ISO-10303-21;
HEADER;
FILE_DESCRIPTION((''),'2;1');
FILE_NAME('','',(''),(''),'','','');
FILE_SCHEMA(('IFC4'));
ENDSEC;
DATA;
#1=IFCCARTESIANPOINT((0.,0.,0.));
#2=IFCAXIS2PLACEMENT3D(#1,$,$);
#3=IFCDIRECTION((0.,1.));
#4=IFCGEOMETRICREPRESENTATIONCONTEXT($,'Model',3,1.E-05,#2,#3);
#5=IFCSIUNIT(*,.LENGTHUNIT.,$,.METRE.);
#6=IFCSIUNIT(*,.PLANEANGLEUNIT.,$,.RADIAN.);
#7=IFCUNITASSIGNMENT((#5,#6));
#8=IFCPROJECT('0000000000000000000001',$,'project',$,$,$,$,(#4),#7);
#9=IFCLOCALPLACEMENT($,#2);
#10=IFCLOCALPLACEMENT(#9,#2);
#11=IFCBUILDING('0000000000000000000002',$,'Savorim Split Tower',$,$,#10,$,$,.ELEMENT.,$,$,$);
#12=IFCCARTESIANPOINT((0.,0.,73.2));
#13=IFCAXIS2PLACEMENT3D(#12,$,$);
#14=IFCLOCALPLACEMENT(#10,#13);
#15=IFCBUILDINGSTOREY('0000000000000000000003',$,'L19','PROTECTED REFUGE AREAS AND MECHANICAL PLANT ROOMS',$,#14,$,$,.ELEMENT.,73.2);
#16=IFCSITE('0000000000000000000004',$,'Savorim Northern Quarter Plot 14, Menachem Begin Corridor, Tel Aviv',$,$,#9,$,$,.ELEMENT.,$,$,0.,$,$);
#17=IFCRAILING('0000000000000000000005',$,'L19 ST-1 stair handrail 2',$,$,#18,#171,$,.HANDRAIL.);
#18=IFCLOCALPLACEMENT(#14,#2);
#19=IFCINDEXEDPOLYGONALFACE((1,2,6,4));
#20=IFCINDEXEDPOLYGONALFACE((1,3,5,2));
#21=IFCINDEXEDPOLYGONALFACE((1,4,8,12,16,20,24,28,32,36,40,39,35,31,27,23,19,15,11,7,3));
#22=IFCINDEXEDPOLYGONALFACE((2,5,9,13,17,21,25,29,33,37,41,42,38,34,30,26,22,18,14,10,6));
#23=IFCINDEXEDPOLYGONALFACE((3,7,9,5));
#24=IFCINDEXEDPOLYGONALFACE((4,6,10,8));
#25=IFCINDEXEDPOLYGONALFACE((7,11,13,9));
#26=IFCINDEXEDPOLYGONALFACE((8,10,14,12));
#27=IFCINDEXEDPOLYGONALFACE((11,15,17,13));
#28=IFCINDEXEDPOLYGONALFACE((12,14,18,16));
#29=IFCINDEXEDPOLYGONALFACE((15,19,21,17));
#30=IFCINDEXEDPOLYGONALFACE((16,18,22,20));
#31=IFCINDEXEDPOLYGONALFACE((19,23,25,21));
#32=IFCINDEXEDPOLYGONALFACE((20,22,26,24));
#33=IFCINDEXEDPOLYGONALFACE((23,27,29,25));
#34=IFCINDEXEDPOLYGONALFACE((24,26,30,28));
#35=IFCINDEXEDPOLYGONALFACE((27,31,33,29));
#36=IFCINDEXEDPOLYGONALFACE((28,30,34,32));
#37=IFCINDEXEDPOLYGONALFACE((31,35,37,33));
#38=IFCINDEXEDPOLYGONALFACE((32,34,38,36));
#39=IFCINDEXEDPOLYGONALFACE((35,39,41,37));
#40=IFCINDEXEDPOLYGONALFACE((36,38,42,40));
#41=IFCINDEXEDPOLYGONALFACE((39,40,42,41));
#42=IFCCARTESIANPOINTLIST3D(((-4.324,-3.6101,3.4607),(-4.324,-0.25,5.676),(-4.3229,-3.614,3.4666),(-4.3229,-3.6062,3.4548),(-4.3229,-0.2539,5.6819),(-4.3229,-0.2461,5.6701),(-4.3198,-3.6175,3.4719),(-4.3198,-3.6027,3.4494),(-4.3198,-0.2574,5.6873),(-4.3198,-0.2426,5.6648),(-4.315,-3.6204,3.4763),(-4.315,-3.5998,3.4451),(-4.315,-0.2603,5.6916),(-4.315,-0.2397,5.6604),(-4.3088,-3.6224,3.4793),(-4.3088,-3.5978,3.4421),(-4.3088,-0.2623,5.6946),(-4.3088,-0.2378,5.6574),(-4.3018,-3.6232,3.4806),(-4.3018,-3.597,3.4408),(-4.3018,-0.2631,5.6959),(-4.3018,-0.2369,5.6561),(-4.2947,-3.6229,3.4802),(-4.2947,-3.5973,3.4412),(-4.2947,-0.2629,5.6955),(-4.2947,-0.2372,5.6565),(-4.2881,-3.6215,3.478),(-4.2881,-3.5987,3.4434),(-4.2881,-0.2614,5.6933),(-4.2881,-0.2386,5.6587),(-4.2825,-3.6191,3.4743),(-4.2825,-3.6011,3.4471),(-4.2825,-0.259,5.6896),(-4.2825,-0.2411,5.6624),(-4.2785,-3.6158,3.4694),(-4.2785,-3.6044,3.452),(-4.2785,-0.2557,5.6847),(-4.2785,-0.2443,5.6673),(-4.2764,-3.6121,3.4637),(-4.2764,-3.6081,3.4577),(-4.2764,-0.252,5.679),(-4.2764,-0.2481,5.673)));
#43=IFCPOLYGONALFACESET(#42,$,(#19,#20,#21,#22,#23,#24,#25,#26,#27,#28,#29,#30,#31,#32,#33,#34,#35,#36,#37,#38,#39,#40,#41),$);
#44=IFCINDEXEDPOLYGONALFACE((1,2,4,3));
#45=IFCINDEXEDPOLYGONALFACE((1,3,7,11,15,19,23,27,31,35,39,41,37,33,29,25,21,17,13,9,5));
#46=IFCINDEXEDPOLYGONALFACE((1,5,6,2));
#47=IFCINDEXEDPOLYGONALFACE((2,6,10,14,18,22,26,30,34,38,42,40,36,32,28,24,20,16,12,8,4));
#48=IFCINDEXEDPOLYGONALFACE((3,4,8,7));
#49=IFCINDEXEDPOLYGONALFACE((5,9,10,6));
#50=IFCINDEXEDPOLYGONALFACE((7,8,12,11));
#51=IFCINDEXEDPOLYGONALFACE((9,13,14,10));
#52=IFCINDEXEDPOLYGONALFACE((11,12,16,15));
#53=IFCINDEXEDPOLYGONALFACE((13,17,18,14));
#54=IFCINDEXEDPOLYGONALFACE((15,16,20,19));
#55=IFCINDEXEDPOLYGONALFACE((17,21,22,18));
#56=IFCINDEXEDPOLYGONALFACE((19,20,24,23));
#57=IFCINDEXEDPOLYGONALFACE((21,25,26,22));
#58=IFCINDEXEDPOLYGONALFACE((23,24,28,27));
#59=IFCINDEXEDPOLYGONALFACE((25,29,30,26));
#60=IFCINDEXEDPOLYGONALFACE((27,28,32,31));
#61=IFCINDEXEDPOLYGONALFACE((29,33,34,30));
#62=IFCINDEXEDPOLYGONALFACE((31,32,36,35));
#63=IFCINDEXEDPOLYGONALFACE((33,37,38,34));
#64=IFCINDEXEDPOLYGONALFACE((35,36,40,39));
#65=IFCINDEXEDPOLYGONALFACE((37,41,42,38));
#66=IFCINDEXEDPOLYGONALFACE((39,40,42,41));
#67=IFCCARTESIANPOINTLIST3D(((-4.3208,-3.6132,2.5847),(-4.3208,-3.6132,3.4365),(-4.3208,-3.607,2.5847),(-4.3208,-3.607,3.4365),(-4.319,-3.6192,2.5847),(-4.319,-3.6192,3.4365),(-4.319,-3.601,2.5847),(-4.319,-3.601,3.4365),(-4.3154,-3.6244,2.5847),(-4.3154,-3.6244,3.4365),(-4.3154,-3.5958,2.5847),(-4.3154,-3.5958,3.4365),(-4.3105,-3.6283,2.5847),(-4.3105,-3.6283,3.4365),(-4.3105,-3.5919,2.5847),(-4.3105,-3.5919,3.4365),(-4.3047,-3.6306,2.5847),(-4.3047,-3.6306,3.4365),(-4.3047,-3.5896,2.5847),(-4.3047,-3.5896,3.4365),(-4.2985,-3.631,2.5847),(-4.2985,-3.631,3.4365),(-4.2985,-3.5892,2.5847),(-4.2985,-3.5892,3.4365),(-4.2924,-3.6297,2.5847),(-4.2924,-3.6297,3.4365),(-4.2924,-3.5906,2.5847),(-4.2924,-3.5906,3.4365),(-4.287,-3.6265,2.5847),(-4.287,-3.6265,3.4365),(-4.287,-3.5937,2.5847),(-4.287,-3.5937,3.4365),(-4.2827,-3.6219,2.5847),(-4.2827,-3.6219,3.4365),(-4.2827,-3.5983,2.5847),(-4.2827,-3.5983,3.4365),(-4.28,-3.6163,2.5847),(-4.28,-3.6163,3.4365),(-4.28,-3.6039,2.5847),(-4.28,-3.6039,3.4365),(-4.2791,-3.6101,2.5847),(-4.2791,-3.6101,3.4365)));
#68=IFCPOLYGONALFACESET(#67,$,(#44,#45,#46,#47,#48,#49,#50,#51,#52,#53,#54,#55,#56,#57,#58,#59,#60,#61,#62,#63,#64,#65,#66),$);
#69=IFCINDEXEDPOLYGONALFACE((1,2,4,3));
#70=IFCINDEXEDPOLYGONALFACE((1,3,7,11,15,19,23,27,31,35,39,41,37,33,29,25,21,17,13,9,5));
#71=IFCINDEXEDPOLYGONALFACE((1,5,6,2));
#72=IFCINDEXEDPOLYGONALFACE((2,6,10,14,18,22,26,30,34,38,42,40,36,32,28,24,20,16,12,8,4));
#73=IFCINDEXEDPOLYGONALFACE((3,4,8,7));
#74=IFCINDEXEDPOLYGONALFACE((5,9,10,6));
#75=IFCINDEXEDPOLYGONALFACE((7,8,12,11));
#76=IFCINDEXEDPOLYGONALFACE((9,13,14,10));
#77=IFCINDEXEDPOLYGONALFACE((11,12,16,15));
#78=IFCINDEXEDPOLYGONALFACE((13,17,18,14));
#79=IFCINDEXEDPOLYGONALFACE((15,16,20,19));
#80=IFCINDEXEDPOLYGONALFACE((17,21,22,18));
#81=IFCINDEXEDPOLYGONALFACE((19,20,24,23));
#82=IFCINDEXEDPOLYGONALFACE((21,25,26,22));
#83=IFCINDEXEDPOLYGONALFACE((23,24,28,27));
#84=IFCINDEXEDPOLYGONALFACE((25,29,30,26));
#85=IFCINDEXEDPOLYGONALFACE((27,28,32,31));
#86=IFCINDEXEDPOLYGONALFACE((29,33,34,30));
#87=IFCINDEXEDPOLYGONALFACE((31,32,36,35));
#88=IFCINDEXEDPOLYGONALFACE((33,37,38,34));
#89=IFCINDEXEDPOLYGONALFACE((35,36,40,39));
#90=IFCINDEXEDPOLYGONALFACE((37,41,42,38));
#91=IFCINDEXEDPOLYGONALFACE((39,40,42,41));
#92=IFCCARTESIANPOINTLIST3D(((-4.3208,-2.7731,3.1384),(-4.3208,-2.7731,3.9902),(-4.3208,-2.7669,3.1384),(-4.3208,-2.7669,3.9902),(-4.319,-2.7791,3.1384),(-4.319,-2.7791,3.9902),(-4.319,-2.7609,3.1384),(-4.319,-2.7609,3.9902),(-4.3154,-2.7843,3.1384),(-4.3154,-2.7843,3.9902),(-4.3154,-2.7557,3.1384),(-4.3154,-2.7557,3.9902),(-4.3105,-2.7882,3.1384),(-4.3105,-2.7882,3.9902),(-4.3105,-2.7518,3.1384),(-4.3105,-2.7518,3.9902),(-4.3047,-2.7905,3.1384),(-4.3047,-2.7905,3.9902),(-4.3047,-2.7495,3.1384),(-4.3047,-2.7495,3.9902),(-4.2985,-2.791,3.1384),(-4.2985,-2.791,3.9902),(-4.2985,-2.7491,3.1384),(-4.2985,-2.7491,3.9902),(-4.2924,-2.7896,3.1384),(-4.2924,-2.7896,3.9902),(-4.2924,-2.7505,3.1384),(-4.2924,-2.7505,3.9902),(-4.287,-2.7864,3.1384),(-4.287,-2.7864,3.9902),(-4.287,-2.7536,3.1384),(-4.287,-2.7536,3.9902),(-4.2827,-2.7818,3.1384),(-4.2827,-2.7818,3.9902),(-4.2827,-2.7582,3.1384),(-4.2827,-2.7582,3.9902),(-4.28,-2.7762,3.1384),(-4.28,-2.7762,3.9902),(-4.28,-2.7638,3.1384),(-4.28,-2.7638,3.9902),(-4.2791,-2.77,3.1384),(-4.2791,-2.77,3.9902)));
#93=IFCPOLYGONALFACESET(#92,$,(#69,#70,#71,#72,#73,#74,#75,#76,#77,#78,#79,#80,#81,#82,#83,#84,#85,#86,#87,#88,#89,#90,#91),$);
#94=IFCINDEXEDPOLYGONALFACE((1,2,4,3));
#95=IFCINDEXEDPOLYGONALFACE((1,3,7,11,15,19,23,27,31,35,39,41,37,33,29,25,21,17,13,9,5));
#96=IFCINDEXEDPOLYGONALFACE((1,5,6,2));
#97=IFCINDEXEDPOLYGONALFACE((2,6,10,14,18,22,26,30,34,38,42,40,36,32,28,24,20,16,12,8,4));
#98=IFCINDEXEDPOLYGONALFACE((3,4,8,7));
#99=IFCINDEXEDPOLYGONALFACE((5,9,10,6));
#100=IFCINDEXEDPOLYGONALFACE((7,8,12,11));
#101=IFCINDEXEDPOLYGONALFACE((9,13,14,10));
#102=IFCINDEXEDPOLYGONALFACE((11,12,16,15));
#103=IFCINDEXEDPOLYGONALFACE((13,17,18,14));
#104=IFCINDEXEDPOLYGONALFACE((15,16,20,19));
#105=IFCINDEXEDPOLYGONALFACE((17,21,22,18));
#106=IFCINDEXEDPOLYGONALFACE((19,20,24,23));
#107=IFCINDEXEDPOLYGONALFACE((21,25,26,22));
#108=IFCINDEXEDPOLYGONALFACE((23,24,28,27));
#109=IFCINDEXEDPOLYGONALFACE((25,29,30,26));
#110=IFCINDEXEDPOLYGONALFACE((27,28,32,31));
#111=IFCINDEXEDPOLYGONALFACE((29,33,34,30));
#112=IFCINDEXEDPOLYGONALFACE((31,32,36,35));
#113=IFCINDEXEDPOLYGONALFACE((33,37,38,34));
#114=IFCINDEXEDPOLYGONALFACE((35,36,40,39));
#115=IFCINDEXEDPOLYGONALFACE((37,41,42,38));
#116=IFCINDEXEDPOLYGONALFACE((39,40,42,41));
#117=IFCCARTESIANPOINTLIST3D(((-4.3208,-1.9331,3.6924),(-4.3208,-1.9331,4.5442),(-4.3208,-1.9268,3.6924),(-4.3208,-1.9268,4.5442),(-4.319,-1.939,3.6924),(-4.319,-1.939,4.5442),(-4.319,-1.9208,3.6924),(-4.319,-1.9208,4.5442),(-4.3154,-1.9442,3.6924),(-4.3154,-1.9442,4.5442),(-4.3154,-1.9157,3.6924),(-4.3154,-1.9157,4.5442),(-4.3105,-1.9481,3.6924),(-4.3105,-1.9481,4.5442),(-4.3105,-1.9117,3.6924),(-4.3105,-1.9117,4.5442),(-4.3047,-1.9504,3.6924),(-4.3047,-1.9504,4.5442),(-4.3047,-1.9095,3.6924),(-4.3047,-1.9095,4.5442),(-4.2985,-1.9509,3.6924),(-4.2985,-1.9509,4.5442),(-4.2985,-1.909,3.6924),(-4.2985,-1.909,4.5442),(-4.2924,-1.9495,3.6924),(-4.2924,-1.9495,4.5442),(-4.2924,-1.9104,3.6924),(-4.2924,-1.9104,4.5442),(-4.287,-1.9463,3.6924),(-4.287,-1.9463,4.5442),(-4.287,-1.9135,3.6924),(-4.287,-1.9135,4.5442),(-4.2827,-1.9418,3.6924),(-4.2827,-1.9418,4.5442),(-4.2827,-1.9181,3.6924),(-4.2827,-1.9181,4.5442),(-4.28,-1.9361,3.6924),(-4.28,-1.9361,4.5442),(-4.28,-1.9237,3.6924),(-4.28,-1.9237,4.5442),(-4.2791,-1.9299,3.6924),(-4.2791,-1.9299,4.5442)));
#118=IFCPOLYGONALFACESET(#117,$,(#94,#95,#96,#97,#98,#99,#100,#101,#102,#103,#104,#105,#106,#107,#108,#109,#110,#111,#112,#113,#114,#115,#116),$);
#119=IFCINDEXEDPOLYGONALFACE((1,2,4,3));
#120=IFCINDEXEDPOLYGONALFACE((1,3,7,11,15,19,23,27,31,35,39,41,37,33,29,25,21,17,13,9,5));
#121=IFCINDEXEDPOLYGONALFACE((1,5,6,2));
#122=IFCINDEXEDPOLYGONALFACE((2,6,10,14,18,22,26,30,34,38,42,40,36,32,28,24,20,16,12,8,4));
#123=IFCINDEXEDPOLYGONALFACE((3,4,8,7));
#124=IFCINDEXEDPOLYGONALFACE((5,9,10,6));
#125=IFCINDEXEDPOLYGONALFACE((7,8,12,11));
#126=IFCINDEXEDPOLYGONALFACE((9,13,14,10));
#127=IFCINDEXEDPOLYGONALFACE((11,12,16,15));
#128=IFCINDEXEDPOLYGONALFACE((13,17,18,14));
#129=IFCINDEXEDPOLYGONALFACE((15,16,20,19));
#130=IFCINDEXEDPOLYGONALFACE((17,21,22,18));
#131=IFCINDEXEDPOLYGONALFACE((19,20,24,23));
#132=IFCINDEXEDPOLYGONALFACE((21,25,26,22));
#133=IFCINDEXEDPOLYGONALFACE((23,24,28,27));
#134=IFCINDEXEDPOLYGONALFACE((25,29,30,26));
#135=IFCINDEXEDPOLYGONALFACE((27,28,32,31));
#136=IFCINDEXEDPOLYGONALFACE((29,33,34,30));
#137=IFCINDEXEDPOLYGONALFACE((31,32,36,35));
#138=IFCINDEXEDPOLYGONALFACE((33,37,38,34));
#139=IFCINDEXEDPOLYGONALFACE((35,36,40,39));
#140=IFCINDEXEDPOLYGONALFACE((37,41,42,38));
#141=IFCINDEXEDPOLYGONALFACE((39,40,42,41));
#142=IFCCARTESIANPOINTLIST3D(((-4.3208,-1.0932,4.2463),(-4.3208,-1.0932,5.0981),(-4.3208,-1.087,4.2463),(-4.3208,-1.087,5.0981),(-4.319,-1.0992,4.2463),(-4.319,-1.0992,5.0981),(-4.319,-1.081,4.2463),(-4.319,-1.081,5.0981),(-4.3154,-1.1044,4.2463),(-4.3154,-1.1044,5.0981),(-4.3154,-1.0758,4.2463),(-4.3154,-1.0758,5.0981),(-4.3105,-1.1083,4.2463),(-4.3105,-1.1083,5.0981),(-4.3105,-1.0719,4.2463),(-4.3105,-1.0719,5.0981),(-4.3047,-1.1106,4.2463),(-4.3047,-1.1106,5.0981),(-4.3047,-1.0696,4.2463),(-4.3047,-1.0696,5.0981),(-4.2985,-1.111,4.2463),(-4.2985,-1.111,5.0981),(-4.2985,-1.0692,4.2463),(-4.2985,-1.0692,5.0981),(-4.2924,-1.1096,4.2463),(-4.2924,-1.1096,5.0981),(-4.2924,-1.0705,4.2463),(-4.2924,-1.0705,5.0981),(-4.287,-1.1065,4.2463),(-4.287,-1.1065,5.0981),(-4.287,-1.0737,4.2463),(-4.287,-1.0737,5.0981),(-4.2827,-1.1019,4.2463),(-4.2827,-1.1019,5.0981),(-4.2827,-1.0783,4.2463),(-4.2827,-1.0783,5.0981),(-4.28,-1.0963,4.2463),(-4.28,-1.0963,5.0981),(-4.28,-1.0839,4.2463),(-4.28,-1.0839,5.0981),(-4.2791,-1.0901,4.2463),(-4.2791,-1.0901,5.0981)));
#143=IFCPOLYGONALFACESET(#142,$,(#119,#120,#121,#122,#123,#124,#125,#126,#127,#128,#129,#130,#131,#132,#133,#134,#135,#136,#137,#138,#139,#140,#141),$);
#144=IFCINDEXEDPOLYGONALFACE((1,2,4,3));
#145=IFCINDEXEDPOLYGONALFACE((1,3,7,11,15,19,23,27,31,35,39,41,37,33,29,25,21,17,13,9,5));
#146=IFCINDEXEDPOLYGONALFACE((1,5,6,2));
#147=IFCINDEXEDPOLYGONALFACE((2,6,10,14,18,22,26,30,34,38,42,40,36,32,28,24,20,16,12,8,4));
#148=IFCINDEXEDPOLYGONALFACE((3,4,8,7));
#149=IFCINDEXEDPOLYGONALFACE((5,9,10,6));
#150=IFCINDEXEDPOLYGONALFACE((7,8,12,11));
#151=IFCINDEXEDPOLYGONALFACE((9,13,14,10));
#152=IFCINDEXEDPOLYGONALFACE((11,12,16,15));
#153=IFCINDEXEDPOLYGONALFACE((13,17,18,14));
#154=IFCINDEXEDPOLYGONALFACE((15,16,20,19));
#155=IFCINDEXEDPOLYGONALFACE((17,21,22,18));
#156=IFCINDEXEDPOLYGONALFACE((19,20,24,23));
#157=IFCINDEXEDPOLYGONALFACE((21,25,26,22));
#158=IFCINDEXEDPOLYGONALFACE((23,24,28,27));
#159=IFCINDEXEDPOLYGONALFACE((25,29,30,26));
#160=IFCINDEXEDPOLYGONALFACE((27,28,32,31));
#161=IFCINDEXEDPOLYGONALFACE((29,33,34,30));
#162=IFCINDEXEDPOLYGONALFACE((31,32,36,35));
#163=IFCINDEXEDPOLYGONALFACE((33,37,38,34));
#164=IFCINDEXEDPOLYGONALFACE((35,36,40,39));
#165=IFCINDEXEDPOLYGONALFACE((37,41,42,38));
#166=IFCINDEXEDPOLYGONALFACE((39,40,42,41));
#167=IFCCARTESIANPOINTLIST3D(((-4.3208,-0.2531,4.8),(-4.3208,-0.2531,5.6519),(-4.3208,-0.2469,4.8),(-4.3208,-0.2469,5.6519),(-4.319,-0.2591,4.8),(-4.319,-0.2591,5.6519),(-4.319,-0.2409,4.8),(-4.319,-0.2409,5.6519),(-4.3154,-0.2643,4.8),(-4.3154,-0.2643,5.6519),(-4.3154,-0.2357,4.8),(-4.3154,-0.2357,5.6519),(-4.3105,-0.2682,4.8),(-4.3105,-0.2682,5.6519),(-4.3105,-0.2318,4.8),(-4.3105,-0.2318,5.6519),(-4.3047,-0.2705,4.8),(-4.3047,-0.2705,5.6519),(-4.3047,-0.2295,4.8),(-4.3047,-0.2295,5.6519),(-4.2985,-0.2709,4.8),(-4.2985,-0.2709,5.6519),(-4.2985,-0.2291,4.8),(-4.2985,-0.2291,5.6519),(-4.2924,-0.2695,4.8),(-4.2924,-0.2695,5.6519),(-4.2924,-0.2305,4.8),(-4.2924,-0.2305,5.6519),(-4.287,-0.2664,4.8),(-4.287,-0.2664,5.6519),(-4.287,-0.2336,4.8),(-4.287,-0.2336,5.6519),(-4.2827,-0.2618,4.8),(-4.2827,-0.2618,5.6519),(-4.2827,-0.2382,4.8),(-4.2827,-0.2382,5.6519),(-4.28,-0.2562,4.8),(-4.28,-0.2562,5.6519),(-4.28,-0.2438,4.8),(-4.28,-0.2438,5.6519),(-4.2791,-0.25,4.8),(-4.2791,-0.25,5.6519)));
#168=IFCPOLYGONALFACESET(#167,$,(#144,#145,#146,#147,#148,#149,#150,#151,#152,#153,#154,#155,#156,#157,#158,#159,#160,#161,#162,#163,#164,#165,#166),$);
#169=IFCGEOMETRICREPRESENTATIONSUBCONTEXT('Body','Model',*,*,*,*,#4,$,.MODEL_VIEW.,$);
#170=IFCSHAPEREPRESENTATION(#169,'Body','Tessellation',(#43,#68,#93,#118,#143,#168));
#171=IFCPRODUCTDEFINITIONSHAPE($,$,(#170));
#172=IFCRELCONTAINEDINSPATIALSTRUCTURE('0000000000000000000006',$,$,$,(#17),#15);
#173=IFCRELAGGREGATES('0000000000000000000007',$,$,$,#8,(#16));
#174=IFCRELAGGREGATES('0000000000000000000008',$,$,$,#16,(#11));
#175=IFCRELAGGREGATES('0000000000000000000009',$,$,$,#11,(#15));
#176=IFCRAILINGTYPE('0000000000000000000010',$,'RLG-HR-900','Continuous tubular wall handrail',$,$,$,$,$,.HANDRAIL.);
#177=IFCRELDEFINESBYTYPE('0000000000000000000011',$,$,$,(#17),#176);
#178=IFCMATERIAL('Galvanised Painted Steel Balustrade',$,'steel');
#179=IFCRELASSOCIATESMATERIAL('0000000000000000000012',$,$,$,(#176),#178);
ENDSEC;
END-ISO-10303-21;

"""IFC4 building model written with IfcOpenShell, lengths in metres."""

from ifc_helpers import new_model, si_unit, direction, frame, origin, origin_2d, place, context, subcontext, project, spatial, circle, extrude, material, type_object, element, save


model = new_model("IFC4")

# Units and contexts
model_context = context("Model", 3, precision=1e-05, world=origin(), true_north=direction((0.0, 1.0)))
body_context = subcontext(model_context, "Body", "Model", "MODEL_VIEW")
ifc_project = project(units=[si_unit("LENGTHUNIT", "METRE"), si_unit("PLANEANGLEUNIT", "RADIAN")], contexts=[model_context])

# Site, building, storey
site_placement = place(None, origin())
site = spatial("IfcSite", under=ifc_project, at=site_placement, Name="Savorim Northern Quarter Plot 14, Menachem Begin Corridor, Tel Aviv", CompositionType="ELEMENT", RefElevation=0.0)
building_placement = place(site_placement, origin())
building = spatial("IfcBuilding", under=site, at=building_placement, Name="Savorim Split Tower", CompositionType="ELEMENT")
storey_placement = place(building_placement, frame((0.0, 0.0, 73.2)))
storey = spatial("IfcBuildingStorey", under=building, at=storey_placement, Name="L19", Description="PROTECTED REFUGE AREAS AND MECHANICAL PLANT ROOMS", CompositionType="ELEMENT", Elevation=73.2)

# Railing
ifc_material_1 = material(Name="Galvanised Painted Steel Balustrade", Category="steel")
railing_type_1 = type_object("IfcRailingType", Name="RLG-HR-900", Description="Continuous tubular wall handrail", PredefinedType="HANDRAIL", material=ifc_material_1)
railing_1_placement = place(storey_placement, frame((-4.3, -3.6101, 2.5847)))
element("IfcRailing", 1, at=railing_1_placement, inside=storey, type_object=railing_type_1, Name="L19 ST-1 stair handrail 2", PredefinedType="HANDRAIL", context=body_context, shape_type="SweptSolid", body=[
    extrude(circle(Radius=0.0239, at=origin_2d()), frame((0.0, 0.0, 0.876), z_axis=(0.0, 0.834876, 0.550437), x_axis=(-1.0, 0.0, 0.0)), (0.0, 0.0, 1.0), 4.0247),
    extrude(circle(Radius=0.021, at=origin_2d()), origin(), (0.0, 0.0, 1.0), 0.8518),
    extrude(circle(Radius=0.021, at=origin_2d()), frame((0.0, 0.8401, 0.5537)), (0.0, 0.0, 1.0), 0.8518),
    extrude(circle(Radius=0.021, at=origin_2d()), frame((0.0, 1.6802, 1.1077)), (0.0, 0.0, 1.0), 0.8518),
    extrude(circle(Radius=0.021, at=origin_2d()), frame((0.0, 2.52, 1.6616)), (0.0, 0.0, 1.0), 0.8518),
    extrude(circle(Radius=0.021, at=origin_2d()), frame((0.0, 3.3601, 2.2153)), (0.0, 0.0, 1.0), 0.8518),
])

save(model, "model.ifc")
